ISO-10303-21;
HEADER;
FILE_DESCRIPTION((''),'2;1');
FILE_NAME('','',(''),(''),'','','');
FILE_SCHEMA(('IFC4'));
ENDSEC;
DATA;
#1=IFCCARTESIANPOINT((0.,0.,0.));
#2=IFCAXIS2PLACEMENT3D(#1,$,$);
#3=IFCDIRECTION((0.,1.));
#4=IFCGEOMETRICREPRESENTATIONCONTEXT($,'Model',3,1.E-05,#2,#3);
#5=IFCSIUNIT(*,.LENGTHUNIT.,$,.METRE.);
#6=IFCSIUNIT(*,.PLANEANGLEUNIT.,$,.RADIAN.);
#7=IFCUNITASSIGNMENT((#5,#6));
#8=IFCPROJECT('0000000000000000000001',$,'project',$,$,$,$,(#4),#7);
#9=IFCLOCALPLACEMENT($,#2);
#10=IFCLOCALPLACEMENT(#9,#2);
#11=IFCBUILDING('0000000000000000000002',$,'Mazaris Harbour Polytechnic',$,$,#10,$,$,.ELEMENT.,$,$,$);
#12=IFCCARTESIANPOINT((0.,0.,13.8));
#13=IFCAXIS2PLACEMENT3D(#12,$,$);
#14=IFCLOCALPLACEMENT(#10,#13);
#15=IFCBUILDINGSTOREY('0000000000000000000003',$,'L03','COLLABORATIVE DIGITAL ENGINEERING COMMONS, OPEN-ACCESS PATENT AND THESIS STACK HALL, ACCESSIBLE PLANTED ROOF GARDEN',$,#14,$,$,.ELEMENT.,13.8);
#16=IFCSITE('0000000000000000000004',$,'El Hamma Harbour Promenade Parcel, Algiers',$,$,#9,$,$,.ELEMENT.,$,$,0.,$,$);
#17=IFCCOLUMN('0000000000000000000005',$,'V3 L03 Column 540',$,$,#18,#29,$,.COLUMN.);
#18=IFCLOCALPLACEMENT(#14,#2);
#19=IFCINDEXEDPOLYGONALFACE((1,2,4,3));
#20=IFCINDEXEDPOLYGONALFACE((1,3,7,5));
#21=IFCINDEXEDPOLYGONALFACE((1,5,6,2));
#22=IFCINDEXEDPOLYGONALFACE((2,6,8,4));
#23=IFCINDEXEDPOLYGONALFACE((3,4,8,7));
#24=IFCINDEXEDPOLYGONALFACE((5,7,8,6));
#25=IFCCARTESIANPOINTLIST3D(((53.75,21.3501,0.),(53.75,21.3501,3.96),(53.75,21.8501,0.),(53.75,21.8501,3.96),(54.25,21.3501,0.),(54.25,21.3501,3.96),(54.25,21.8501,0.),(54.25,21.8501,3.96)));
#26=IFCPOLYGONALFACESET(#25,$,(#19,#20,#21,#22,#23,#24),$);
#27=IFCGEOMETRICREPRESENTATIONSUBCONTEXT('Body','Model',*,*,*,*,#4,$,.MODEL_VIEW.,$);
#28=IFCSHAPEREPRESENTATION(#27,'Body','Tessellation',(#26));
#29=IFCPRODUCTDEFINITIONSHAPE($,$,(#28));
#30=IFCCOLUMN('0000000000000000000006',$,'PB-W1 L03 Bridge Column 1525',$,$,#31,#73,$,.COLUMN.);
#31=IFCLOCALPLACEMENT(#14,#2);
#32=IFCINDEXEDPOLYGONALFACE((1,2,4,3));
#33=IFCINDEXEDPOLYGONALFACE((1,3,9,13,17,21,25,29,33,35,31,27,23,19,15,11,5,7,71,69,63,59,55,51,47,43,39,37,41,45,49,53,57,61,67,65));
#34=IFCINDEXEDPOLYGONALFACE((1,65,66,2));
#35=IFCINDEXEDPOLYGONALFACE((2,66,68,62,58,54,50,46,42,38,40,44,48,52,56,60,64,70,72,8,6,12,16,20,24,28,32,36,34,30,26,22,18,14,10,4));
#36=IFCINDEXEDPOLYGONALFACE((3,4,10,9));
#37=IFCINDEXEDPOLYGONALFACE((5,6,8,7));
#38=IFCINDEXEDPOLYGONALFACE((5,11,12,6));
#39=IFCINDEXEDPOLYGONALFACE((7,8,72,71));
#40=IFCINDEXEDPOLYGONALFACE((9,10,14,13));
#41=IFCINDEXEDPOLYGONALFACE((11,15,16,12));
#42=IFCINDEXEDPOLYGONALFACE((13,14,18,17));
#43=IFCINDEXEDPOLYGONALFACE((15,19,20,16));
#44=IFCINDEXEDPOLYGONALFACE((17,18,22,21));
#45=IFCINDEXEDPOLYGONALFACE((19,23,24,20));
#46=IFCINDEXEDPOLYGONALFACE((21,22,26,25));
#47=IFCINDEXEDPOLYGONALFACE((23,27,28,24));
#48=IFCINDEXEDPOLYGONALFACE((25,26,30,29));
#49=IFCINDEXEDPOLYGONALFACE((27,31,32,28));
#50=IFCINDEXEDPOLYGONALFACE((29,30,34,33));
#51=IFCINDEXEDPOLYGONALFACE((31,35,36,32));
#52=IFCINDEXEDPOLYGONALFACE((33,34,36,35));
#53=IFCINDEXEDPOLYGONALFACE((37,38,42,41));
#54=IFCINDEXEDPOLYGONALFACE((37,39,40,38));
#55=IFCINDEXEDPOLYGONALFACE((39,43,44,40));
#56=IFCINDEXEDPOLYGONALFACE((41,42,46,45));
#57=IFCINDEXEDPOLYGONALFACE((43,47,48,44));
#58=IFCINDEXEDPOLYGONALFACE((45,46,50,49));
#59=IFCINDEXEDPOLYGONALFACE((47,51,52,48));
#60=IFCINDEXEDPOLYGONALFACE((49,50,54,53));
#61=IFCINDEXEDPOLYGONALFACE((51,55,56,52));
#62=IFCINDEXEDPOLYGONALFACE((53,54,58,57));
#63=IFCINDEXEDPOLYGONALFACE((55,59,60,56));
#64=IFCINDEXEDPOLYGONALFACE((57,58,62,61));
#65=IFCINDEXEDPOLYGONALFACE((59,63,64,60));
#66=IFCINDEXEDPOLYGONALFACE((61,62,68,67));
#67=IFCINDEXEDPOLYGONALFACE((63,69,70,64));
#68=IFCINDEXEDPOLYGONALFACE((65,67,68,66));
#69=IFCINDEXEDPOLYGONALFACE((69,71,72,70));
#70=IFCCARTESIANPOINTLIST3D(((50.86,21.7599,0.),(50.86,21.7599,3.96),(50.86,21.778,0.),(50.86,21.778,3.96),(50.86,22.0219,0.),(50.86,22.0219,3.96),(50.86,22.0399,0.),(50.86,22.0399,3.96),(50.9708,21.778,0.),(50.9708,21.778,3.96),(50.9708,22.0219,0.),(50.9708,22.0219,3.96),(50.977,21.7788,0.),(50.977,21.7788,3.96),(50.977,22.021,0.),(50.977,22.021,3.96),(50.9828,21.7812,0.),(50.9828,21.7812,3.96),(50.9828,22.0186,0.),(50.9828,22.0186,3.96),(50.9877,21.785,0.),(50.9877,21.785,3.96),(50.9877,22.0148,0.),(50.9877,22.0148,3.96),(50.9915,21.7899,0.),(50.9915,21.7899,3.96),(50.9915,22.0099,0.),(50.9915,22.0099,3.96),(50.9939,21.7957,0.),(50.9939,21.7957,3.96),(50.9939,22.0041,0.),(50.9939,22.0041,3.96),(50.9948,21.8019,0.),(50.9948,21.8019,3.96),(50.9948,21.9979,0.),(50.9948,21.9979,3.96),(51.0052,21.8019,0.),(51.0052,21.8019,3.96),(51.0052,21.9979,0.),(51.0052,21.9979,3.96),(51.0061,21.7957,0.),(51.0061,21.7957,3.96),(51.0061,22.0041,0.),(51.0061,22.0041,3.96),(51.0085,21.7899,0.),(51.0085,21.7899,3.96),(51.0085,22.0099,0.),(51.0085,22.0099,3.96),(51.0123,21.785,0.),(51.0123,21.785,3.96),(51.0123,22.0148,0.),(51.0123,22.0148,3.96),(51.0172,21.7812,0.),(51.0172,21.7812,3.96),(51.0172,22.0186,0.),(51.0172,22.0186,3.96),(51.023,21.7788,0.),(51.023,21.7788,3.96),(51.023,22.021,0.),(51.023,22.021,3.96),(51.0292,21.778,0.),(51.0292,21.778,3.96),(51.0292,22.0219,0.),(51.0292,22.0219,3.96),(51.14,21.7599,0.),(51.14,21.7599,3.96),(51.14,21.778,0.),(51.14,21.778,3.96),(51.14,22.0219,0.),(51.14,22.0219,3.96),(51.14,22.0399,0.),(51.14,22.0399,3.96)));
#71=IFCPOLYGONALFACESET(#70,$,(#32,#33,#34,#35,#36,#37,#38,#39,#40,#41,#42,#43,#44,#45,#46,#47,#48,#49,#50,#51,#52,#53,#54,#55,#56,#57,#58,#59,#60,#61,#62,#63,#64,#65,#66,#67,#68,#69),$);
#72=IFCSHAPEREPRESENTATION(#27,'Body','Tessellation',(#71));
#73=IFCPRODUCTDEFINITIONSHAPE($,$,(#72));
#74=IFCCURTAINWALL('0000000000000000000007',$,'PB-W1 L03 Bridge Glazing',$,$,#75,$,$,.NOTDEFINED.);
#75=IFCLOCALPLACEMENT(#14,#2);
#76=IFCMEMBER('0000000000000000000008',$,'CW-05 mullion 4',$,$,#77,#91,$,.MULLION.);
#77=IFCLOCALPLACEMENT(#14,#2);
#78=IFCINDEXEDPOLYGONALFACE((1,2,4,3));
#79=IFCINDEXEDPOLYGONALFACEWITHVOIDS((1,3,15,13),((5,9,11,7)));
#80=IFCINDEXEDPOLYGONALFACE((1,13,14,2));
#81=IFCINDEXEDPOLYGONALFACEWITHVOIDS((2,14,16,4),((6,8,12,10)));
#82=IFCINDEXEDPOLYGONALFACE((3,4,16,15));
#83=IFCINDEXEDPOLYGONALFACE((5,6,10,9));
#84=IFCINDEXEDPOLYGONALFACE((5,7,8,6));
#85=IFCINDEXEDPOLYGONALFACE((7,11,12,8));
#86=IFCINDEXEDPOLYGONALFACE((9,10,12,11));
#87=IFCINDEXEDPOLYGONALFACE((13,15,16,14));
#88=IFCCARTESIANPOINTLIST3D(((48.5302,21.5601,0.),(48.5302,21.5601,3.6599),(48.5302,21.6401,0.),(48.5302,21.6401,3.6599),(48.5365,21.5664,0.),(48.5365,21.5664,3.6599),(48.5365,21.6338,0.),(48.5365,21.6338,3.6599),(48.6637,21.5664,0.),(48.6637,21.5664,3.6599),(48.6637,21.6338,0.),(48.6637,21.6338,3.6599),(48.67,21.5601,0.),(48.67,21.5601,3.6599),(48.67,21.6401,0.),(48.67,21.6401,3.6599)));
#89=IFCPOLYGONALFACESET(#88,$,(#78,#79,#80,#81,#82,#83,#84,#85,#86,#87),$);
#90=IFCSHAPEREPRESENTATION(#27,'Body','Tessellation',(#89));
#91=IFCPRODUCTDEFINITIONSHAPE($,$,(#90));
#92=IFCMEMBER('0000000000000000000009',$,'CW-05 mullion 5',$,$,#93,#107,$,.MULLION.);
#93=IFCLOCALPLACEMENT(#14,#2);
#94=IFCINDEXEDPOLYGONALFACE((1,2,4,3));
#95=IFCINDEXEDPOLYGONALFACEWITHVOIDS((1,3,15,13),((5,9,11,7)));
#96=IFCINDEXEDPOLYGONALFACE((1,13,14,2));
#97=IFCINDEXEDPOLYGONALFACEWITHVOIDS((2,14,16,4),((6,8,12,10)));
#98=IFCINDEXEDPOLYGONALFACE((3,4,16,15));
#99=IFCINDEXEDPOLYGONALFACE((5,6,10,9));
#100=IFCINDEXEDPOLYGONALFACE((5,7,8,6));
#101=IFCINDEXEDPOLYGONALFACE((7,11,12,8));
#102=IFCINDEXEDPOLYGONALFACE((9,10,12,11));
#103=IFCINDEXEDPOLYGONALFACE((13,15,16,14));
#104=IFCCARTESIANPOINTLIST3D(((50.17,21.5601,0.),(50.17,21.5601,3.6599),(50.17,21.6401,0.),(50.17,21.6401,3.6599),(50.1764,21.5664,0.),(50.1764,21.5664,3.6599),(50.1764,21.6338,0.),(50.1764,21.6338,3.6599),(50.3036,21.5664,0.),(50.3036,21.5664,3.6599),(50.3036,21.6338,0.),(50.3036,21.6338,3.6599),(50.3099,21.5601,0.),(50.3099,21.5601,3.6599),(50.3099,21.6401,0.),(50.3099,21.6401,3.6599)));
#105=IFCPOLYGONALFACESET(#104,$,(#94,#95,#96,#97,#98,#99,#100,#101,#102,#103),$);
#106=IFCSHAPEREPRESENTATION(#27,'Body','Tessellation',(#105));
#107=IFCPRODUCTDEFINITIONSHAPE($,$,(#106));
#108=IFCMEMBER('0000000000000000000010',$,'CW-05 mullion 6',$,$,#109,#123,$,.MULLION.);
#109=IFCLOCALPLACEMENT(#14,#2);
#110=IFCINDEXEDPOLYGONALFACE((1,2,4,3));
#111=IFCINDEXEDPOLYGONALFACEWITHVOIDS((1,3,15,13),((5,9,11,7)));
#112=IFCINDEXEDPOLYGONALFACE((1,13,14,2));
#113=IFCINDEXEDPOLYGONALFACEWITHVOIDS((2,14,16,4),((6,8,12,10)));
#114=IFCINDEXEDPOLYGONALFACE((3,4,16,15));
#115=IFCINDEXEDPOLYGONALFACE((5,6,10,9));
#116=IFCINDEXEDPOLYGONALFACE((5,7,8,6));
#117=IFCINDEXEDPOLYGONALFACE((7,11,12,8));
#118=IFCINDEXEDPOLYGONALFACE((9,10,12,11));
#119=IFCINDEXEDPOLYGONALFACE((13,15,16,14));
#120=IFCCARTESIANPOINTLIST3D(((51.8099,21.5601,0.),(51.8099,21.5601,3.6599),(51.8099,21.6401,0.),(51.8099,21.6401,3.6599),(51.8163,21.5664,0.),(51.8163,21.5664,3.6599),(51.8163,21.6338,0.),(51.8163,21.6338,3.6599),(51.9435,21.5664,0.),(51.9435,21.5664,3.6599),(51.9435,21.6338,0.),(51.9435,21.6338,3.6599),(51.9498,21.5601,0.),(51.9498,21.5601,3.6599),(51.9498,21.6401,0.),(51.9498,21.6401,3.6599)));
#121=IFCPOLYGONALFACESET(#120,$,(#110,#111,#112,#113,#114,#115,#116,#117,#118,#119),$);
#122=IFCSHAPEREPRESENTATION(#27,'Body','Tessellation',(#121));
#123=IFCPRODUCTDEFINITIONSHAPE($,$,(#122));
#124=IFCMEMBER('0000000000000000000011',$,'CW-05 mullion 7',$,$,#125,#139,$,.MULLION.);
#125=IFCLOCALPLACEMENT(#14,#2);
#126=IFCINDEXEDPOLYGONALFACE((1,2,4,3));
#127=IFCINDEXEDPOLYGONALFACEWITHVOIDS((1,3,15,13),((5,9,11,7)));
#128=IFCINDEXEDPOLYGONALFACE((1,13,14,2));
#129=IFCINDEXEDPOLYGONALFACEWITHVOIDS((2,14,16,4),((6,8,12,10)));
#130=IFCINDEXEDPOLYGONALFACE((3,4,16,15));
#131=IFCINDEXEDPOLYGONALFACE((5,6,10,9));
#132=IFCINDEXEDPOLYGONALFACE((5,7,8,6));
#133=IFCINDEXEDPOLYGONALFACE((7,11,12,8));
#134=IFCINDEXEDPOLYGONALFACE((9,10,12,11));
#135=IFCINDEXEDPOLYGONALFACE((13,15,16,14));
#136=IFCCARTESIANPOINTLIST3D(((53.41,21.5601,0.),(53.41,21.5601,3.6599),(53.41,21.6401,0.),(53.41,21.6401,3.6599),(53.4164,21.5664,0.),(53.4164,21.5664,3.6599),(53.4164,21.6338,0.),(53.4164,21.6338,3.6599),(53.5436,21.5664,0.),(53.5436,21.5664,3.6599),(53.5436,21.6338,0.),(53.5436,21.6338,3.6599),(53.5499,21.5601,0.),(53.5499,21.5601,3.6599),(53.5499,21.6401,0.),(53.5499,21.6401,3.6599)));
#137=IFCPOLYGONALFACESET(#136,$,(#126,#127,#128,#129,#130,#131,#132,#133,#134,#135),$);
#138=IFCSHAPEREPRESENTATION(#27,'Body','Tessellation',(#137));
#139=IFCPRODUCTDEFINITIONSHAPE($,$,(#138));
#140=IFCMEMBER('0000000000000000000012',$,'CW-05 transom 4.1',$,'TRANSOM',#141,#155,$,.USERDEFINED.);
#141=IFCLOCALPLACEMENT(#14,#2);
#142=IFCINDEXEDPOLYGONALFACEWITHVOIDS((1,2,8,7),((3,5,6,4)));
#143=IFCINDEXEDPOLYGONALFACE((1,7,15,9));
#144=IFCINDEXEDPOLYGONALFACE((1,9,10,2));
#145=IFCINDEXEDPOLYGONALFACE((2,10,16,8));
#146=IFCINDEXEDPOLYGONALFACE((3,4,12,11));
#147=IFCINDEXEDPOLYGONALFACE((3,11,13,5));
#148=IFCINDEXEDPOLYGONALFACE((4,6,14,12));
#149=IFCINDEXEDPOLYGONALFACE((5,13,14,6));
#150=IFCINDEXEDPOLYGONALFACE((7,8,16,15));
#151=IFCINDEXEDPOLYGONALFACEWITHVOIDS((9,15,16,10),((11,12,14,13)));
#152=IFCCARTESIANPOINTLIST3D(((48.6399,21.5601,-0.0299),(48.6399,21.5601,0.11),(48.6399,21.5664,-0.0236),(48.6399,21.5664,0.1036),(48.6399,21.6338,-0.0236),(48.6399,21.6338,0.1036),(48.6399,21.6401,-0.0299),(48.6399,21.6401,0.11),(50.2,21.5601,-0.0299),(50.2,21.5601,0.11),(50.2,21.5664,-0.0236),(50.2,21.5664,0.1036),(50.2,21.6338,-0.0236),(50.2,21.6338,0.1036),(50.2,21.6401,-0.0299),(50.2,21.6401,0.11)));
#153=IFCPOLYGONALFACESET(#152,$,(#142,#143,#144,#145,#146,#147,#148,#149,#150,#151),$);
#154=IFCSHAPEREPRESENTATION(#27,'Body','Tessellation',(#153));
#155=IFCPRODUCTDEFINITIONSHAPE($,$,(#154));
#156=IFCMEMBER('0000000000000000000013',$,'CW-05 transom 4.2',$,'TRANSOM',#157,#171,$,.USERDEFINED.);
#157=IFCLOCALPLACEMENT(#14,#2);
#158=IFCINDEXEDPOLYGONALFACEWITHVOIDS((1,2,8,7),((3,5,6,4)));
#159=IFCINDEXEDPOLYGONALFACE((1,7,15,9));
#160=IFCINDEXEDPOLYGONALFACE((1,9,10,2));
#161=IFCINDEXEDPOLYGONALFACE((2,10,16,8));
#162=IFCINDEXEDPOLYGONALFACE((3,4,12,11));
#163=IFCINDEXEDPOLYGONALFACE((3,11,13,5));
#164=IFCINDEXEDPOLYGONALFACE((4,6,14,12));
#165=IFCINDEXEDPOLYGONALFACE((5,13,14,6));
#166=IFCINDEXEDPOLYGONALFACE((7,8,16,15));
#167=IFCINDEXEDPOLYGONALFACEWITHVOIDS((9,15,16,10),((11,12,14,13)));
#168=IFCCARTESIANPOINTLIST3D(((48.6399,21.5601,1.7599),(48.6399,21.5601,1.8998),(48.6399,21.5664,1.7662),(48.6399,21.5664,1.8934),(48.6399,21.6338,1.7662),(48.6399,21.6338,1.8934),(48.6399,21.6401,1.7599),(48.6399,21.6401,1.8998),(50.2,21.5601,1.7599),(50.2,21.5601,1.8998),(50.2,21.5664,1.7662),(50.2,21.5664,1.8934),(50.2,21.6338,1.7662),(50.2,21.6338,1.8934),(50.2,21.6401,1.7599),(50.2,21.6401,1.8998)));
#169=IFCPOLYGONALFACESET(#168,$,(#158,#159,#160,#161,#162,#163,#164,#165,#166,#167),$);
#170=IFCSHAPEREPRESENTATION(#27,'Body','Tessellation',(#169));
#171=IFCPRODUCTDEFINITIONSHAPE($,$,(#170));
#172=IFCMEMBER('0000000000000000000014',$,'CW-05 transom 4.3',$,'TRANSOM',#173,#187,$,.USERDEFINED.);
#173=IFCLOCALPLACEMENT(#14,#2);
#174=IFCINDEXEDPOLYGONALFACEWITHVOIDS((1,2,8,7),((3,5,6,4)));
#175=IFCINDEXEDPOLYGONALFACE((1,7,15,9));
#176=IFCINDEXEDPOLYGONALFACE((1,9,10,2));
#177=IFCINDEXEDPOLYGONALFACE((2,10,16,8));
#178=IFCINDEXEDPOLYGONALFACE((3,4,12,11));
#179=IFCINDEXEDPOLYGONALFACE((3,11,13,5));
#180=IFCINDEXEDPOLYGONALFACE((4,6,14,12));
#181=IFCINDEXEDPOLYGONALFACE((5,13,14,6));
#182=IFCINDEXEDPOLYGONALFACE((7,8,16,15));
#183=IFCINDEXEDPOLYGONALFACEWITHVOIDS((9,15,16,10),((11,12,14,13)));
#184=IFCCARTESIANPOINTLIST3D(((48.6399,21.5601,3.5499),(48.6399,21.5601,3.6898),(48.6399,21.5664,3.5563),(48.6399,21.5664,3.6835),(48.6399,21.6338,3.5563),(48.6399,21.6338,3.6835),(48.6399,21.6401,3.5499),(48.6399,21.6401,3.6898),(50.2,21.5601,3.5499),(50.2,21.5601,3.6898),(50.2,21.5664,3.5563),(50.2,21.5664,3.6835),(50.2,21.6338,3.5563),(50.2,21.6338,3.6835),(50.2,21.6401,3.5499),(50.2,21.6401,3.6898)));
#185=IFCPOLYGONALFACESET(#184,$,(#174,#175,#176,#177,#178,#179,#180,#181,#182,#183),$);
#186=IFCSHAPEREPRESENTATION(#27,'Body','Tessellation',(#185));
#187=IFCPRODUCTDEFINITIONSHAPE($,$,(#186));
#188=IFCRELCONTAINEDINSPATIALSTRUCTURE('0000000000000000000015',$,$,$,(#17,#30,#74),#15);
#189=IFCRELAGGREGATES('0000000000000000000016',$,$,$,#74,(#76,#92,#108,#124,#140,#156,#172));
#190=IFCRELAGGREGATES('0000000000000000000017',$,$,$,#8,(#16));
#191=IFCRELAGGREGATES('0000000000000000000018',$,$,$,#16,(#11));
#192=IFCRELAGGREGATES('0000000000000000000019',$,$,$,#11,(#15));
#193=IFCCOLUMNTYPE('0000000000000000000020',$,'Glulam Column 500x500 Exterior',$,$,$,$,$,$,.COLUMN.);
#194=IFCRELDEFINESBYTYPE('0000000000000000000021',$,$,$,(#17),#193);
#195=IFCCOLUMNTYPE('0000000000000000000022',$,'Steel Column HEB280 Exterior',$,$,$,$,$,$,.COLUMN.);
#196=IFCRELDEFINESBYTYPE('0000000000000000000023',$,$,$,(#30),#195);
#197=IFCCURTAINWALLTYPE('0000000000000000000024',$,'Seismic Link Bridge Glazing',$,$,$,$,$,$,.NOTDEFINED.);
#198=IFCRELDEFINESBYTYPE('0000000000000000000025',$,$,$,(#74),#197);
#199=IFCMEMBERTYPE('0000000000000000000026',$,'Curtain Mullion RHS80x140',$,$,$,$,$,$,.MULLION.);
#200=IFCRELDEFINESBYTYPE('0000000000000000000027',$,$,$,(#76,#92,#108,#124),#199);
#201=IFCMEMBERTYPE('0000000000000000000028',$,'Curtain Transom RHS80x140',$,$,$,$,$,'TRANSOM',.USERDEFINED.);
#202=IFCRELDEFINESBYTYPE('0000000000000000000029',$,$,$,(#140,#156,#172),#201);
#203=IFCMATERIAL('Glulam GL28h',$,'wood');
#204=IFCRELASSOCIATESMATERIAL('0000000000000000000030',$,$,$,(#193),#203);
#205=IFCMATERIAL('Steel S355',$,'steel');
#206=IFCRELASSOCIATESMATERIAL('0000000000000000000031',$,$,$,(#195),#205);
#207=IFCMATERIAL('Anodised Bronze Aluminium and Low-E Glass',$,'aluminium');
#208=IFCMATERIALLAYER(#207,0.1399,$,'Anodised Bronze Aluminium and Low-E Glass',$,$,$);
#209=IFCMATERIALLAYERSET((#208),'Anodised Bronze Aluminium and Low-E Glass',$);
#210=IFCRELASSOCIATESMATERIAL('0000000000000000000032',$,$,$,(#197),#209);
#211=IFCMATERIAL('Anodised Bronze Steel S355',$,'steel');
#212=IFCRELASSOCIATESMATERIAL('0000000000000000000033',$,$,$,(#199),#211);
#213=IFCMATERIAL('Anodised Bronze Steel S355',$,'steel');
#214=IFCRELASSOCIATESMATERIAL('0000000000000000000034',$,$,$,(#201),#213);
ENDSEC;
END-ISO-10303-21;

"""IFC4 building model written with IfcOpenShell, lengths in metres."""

from ifc_helpers import new_model, si_unit, direction, frame, origin, origin_2d, place, context, subcontext, project, spatial, rectangle, hollow_rectangle, i_section, extrude, material, layer, layer_set, material_profile, profile_set, type_object, element, aggregate, save


model = new_model("IFC4")

# Units and contexts
model_context = context("Model", 3, precision=1e-05, world=origin(), true_north=direction((0.0, 1.0)))
body_context = subcontext(model_context, "Body", "Model", "MODEL_VIEW")
ifc_project = project(units=[si_unit("LENGTHUNIT", "METRE"), si_unit("PLANEANGLEUNIT", "RADIAN")], contexts=[model_context])

# Site, building, storey
site_placement = place(None, origin())
site = spatial("IfcSite", under=ifc_project, at=site_placement, Name="El Hamma Harbour Promenade Parcel, Algiers", CompositionType="ELEMENT", RefElevation=0.0)
building_placement = place(site_placement, origin())
building = spatial("IfcBuilding", under=site, at=building_placement, Name="Mazaris Harbour Polytechnic", CompositionType="ELEMENT")
storey_placement = place(building_placement, frame((0.0, 0.0, 13.8)))
storey = spatial("IfcBuildingStorey", under=building, at=storey_placement, Name="L03", Description="COLLABORATIVE DIGITAL ENGINEERING COMMONS, OPEN-ACCESS PATENT AND THESIS STACK HALL, ACCESSIBLE PLANTED ROOF GARDEN", CompositionType="ELEMENT", Elevation=13.8)

# Columns
ifc_material_1 = material(Name="Glulam GL28h", Category="wood")
ifc_material_profile_1 = material_profile(ifc_material_1, rectangle(XDim=0.5, YDim=0.5, at=origin_2d()), Name="RECT500x500")
ifc_profile_set_1 = profile_set([ifc_material_profile_1], Name="Glulam GL28h")
column_type_1 = type_object("IfcColumnType", Name="Glulam Column 500x500 Exterior", PredefinedType="COLUMN", material=ifc_profile_set_1)
column_1_placement = place(storey_placement, frame((54.0, 21.6001, 0.0), z_axis=(0.0, 0.0, 1.0), x_axis=(1.0, 0.0, 0.0)))
element("IfcColumn", 1, at=column_1_placement, inside=storey, type_object=column_type_1, Name="V3 L03 Column 540", PredefinedType="COLUMN", context=body_context, shape_type="SweptSolid", body=[
    extrude(rectangle(XDim=0.5, YDim=0.5, at=origin_2d()), origin(), (0.0, 0.0, 1.0), 3.96),
])
ifc_material_2 = material(Name="Steel S355", Category="steel")
ifc_material_profile_2 = material_profile(ifc_material_2, i_section(OverallWidth=0.28, OverallDepth=0.28, WebThickness=0.0105, FlangeThickness=0.0181, FilletRadius=0.0239, at=origin_2d()), Name="HEB 280")
ifc_profile_set_2 = profile_set([ifc_material_profile_2], Name="Steel S355")
column_type_2 = type_object("IfcColumnType", Name="Steel Column HEB280 Exterior", PredefinedType="COLUMN", material=ifc_profile_set_2)
column_2_placement = place(storey_placement, frame((51.0, 21.8999, 0.0), z_axis=(0.0, 0.0, 1.0), x_axis=(1.0, 0.0, 0.0)))
element("IfcColumn", 2, at=column_2_placement, inside=storey, type_object=column_type_2, Name="PB-W1 L03 Bridge Column 1525", PredefinedType="COLUMN", context=body_context, shape_type="SweptSolid", body=[
    extrude(i_section(OverallWidth=0.28, OverallDepth=0.28, WebThickness=0.0105, FlangeThickness=0.0181, FilletRadius=0.0239, at=origin_2d()), origin(), (0.0, 0.0, 1.0), 3.96),
])

# Curtain wall, members
ifc_material_3 = material(Name="Anodised Bronze Aluminium and Low-E Glass", Category="aluminium")
ifc_layer_1 = layer(ifc_material_3, 0.1399, Name="Anodised Bronze Aluminium and Low-E Glass")
ifc_layer_set_1 = layer_set([ifc_layer_1], Name="Anodised Bronze Aluminium and Low-E Glass")
curtain_wall_type = type_object("IfcCurtainWallType", Name="Seismic Link Bridge Glazing", PredefinedType="NOTDEFINED", material=ifc_layer_set_1)
curtain_wall_placement = place(storey_placement, origin())
curtain_wall = element("IfcCurtainWall", 3, at=curtain_wall_placement, inside=storey, type_object=curtain_wall_type, Name="PB-W1 L03 Bridge Glazing", PredefinedType="NOTDEFINED")
ifc_material_4 = material(Name="Anodised Bronze Steel S355", Category="steel")
ifc_material_profile_3 = material_profile(ifc_material_4, hollow_rectangle(XDim=0.0801, YDim=0.1399, WallThickness=0.0063, at=origin_2d()), Name="RHS 80x140x6.3")
ifc_profile_set_3 = profile_set([ifc_material_profile_3], Name="Anodised Bronze Steel S355")
member_type_1 = type_object("IfcMemberType", Name="Curtain Mullion RHS80x140", PredefinedType="MULLION", material=ifc_profile_set_3)
member_1_placement = place(storey_placement, frame((48.6001, 21.6001, 0.0), z_axis=(0.0, 0.0, 1.0), x_axis=(0.0, 1.0, 0.0)))
member_1 = element("IfcMember", 4, at=member_1_placement, type_object=member_type_1, Name="CW-05 mullion 4", PredefinedType="MULLION", context=body_context, shape_type="SweptSolid", body=[
    extrude(hollow_rectangle(XDim=0.0801, YDim=0.1399, WallThickness=0.0063, at=origin_2d()), origin(), (0.0, 0.0, 1.0), 3.6599),
])
member_2_placement = place(storey_placement, frame((50.24, 21.6001, 0.0), z_axis=(0.0, 0.0, 1.0), x_axis=(0.0, 1.0, 0.0)))
member_2 = element("IfcMember", 5, at=member_2_placement, type_object=member_type_1, Name="CW-05 mullion 5", PredefinedType="MULLION", context=body_context, shape_type="SweptSolid", body=[
    extrude(hollow_rectangle(XDim=0.0801, YDim=0.1399, WallThickness=0.0063, at=origin_2d()), origin(), (0.0, 0.0, 1.0), 3.6599),
])
member_3_placement = place(storey_placement, frame((51.8799, 21.6001, 0.0), z_axis=(0.0, 0.0, 1.0), x_axis=(0.0, 1.0, 0.0)))
member_3 = element("IfcMember", 6, at=member_3_placement, type_object=member_type_1, Name="CW-05 mullion 6", PredefinedType="MULLION", context=body_context, shape_type="SweptSolid", body=[
    extrude(hollow_rectangle(XDim=0.0801, YDim=0.1399, WallThickness=0.0063, at=origin_2d()), origin(), (0.0, 0.0, 1.0), 3.6599),
])
member_4_placement = place(storey_placement, frame((53.48, 21.6001, 0.0), z_axis=(0.0, 0.0, 1.0), x_axis=(0.0, 1.0, 0.0)))
member_4 = element("IfcMember", 7, at=member_4_placement, type_object=member_type_1, Name="CW-05 mullion 7", PredefinedType="MULLION", context=body_context, shape_type="SweptSolid", body=[
    extrude(hollow_rectangle(XDim=0.0801, YDim=0.1399, WallThickness=0.0063, at=origin_2d()), origin(), (0.0, 0.0, 1.0), 3.6599),
])
ifc_material_5 = material(Name="Anodised Bronze Steel S355", Category="steel")
ifc_material_profile_4 = material_profile(ifc_material_5, hollow_rectangle(XDim=0.0801, YDim=0.1399, WallThickness=0.0063, at=origin_2d()), Name="RHS 80x140x6.3")
ifc_profile_set_4 = profile_set([ifc_material_profile_4], Name="Anodised Bronze Steel S355")
member_type_2 = type_object("IfcMemberType", Name="Curtain Transom RHS80x140", ElementType="TRANSOM", PredefinedType="USERDEFINED", material=ifc_profile_set_4)
member_5_placement = place(storey_placement, frame((48.6399, 21.6001, 0.04), z_axis=(1.0, 0.0, 0.0), x_axis=(0.0, 1.0, 0.0)))
member_5 = element("IfcMember", 8, at=member_5_placement, type_object=member_type_2, Name="CW-05 transom 4.1", ObjectType="TRANSOM", PredefinedType="USERDEFINED", context=body_context, shape_type="SweptSolid", body=[
    extrude(hollow_rectangle(XDim=0.0801, YDim=0.1399, WallThickness=0.0063, at=origin_2d()), origin(), (0.0, 0.0, 1.0), 1.5601),
])
member_6_placement = place(storey_placement, frame((48.6399, 21.6001, 1.8298), z_axis=(1.0, 0.0, 0.0), x_axis=(0.0, 1.0, 0.0)))
member_6 = element("IfcMember", 9, at=member_6_placement, type_object=member_type_2, Name="CW-05 transom 4.2", ObjectType="TRANSOM", PredefinedType="USERDEFINED", context=body_context, shape_type="SweptSolid", body=[
    extrude(hollow_rectangle(XDim=0.0801, YDim=0.1399, WallThickness=0.0063, at=origin_2d()), origin(), (0.0, 0.0, 1.0), 1.5601),
])
member_7_placement = place(storey_placement, frame((48.6399, 21.6001, 3.6199), z_axis=(1.0, 0.0, 0.0), x_axis=(0.0, 1.0, 0.0)))
member_7 = element("IfcMember", 10, at=member_7_placement, type_object=member_type_2, Name="CW-05 transom 4.3", ObjectType="TRANSOM", PredefinedType="USERDEFINED", context=body_context, shape_type="SweptSolid", body=[
    extrude(hollow_rectangle(XDim=0.0801, YDim=0.1399, WallThickness=0.0063, at=origin_2d()), origin(), (0.0, 0.0, 1.0), 1.5601),
])

aggregate(curtain_wall, [member_1, member_2, member_3, member_4, member_5, member_6, member_7])

save(model, "model.ifc")
